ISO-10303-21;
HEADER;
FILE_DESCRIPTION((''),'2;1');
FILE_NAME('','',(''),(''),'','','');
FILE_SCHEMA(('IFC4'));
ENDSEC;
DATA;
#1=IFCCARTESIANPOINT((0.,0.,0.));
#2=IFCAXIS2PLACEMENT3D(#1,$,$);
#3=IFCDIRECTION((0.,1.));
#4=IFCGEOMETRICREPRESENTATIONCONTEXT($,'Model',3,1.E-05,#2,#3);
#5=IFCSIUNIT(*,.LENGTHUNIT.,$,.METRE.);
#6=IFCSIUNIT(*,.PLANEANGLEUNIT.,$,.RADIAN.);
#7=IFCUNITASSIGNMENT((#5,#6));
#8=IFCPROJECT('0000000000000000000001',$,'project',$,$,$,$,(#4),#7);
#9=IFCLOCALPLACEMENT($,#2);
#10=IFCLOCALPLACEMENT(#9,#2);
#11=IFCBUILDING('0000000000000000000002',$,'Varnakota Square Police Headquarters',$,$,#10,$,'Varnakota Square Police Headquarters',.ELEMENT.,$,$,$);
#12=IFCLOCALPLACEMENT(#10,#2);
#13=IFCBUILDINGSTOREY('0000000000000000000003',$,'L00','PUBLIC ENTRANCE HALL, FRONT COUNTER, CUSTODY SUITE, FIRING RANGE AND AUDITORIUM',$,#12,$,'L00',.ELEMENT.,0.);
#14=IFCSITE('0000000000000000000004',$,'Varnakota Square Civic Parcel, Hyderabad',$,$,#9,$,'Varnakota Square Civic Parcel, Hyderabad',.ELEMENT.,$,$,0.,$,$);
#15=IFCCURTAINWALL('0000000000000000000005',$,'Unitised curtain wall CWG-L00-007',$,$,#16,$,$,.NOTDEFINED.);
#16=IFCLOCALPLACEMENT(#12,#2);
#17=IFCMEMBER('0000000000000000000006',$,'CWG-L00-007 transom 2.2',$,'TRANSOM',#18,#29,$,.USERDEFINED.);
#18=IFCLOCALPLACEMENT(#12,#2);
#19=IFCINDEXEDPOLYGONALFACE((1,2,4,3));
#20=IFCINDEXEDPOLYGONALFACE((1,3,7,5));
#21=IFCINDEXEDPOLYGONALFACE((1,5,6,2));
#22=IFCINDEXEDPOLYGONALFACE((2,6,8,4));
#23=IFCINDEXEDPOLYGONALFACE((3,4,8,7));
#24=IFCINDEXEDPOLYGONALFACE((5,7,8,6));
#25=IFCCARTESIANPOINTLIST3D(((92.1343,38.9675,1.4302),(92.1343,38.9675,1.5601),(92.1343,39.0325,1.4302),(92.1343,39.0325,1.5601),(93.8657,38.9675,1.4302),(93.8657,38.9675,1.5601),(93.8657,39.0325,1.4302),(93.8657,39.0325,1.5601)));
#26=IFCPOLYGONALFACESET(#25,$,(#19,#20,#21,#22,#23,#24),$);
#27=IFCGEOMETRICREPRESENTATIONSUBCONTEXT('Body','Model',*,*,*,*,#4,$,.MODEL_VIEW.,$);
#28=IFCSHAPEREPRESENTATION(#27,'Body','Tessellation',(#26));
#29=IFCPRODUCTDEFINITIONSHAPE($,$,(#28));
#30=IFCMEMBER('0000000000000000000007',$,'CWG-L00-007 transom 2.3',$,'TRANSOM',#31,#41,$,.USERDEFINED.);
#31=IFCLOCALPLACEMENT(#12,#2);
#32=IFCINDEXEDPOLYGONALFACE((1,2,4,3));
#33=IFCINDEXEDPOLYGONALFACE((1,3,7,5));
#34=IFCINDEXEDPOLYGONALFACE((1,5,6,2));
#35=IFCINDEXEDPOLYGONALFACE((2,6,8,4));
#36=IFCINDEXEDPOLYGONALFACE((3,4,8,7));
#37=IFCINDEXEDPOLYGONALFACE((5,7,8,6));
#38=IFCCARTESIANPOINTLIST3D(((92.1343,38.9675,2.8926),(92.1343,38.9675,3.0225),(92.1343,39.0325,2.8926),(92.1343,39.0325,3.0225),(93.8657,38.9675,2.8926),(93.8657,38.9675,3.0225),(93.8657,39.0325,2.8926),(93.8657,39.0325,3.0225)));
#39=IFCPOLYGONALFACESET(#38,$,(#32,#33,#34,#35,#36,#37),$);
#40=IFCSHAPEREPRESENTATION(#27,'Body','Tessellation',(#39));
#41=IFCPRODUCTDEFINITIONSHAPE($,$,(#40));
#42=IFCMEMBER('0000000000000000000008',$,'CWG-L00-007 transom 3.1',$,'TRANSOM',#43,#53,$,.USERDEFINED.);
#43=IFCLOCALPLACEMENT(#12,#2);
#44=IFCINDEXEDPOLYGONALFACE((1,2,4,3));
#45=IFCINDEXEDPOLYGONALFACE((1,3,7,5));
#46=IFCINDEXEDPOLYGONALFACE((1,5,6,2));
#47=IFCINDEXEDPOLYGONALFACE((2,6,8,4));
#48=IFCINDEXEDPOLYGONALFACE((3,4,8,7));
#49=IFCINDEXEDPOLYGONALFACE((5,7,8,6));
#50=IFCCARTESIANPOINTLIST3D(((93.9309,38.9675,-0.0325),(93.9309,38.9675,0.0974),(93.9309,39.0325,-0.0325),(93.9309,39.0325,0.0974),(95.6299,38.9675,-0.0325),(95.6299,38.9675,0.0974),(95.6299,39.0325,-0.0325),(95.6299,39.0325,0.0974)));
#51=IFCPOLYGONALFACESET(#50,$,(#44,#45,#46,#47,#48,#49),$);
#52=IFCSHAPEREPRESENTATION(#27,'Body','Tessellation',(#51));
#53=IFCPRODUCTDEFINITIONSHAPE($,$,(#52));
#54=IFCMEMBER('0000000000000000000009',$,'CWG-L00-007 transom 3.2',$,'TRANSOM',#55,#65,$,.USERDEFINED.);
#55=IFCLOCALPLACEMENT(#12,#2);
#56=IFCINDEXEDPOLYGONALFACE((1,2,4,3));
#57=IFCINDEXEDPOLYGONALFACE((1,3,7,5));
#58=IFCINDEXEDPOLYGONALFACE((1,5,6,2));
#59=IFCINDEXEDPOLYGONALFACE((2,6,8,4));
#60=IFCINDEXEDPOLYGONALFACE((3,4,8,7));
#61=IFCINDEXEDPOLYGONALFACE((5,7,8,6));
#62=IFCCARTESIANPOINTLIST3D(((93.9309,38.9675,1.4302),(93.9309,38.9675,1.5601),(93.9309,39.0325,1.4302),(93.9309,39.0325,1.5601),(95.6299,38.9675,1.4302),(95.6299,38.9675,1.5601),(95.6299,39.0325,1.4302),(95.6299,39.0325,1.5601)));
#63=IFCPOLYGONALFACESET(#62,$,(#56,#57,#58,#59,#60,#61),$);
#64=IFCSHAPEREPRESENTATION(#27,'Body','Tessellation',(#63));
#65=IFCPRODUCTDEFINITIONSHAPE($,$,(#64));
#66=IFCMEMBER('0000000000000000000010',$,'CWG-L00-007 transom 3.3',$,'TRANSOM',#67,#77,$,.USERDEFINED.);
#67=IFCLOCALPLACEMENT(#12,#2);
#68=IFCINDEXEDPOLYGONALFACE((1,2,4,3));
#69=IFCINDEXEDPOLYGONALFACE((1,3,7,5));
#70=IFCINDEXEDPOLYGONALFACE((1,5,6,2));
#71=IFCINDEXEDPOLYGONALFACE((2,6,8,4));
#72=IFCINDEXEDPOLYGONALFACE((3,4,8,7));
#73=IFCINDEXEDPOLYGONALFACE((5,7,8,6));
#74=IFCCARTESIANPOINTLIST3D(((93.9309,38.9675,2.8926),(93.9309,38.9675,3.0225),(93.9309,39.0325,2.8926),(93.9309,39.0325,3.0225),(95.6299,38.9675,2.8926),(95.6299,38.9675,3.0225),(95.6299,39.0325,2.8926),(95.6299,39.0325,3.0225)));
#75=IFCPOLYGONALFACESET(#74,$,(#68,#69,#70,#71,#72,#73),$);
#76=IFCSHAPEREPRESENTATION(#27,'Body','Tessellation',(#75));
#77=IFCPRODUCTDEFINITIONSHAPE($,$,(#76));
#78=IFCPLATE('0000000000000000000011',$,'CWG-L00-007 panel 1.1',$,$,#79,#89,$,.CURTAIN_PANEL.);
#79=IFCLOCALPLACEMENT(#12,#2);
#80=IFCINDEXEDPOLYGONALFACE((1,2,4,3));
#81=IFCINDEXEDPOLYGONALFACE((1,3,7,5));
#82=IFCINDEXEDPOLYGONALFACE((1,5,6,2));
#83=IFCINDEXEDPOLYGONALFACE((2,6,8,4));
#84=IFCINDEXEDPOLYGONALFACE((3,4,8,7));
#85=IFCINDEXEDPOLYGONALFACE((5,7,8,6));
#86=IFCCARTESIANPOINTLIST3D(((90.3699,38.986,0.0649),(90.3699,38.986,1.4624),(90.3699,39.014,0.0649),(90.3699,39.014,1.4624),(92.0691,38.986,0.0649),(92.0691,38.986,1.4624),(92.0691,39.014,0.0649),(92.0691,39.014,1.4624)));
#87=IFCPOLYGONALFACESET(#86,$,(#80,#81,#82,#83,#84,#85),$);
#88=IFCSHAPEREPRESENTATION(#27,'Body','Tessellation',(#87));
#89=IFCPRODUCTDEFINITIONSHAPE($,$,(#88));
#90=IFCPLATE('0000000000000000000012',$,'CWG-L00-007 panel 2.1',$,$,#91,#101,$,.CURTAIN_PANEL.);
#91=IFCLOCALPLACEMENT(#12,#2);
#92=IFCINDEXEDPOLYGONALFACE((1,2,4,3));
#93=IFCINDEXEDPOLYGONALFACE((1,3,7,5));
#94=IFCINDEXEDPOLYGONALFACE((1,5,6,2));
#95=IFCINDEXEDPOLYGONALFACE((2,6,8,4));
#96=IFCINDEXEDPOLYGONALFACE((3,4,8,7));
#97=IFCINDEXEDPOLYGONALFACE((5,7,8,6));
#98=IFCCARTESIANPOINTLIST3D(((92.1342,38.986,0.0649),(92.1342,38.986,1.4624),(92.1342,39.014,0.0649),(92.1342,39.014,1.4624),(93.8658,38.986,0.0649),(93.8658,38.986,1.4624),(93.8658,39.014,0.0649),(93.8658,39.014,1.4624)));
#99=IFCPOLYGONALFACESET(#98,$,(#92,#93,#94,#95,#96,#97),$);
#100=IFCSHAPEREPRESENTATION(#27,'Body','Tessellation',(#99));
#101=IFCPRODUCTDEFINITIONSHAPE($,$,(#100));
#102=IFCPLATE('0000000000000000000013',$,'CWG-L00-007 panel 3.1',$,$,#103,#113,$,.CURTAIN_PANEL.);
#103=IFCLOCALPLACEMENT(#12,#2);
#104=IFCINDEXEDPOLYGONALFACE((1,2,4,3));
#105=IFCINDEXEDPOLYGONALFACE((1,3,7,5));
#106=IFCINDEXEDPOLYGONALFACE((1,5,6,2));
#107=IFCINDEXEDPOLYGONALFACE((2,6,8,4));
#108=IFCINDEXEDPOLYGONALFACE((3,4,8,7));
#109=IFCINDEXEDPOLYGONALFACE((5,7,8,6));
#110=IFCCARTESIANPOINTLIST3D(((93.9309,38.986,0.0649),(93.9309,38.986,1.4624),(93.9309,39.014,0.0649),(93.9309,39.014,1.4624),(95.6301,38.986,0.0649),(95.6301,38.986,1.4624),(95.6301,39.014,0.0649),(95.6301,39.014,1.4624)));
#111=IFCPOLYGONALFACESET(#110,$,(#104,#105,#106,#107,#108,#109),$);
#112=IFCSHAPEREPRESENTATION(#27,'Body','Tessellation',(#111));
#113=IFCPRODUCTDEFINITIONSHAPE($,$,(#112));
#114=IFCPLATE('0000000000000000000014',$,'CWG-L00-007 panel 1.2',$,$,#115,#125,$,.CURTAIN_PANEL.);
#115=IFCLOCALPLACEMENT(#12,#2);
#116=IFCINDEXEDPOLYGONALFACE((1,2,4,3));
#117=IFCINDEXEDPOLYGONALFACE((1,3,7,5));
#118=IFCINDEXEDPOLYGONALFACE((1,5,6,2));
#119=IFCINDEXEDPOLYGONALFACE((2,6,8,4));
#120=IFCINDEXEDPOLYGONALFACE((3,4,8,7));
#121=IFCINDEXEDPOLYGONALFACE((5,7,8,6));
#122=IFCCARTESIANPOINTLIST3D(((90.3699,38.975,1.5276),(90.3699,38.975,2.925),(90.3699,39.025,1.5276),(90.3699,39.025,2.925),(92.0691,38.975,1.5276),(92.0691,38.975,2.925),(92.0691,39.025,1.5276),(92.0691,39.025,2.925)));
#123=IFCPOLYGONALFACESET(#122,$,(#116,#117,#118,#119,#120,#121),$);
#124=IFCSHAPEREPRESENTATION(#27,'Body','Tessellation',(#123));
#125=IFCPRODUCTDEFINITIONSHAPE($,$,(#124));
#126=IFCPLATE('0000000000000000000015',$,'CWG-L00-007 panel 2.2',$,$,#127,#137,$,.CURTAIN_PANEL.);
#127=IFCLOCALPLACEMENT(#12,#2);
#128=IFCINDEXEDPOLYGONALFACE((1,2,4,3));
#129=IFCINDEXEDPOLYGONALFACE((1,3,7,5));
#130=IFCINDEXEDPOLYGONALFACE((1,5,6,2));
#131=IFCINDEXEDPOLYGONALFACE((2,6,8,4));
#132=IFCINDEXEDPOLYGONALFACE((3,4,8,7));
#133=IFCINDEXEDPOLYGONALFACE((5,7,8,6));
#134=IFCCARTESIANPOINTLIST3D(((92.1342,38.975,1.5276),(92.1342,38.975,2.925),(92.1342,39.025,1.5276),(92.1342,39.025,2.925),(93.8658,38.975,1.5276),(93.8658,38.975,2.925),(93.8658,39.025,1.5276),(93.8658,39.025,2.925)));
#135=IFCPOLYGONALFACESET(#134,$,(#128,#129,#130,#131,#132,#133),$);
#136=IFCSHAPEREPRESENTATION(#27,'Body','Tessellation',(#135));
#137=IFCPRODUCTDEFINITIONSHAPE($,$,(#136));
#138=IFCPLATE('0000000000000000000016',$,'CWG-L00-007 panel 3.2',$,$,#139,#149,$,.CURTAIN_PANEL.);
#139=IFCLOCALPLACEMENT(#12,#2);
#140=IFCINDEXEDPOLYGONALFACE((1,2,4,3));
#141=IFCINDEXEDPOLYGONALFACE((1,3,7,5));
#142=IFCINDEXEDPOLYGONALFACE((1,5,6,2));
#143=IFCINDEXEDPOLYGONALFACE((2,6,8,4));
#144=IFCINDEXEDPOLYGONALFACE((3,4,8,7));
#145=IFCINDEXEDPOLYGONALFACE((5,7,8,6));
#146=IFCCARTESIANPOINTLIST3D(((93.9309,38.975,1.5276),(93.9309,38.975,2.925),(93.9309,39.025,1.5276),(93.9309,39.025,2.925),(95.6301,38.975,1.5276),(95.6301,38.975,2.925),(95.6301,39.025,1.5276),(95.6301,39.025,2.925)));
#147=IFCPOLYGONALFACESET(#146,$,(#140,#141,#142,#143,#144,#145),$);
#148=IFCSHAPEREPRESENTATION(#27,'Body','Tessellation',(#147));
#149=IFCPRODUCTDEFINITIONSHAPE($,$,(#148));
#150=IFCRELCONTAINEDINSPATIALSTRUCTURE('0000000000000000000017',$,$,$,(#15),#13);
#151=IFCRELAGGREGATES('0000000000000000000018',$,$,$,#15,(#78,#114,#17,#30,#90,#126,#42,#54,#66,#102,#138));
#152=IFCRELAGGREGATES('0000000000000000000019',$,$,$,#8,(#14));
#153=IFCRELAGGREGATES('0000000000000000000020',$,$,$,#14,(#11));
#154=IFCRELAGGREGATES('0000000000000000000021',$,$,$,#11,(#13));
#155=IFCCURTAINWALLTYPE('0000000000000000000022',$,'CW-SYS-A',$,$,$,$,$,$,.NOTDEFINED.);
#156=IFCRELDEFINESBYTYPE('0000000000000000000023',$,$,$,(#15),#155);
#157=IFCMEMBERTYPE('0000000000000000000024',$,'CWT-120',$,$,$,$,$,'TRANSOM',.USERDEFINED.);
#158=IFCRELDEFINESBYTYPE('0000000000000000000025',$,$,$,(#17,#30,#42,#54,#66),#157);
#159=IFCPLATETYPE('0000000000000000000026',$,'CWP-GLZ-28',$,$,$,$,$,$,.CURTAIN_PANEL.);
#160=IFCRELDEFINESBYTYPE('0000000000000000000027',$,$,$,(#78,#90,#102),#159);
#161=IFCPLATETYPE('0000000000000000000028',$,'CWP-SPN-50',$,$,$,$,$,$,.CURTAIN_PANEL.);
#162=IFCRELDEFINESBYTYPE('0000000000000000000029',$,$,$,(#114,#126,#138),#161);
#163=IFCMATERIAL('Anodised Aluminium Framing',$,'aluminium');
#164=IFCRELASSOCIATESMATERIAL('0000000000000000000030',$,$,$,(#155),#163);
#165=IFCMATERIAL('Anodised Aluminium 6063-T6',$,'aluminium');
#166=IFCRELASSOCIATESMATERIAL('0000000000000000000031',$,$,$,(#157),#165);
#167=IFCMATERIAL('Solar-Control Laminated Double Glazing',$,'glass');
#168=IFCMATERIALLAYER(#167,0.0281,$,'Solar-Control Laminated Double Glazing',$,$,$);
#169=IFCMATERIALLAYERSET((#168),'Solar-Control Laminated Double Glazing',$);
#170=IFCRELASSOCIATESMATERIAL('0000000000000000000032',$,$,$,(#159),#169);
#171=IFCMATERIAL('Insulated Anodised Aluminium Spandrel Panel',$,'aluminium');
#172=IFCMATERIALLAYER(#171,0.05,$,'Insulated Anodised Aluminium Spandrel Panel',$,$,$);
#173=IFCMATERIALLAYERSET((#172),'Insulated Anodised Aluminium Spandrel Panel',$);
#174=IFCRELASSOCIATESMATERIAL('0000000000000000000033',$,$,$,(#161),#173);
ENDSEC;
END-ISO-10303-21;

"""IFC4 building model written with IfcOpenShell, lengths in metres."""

from ifc_helpers import new_model, si_unit, direction, frame, origin, origin_2d, place, context, subcontext, project, spatial, rectangle, extrude, material, layer, layer_set, material_profile, profile_set, type_object, element, aggregate, save


model = new_model("IFC4")

# Units and contexts
model_context = context("Model", 3, precision=1e-05, world=origin(), true_north=direction((0.0, 1.0)))
body_context = subcontext(model_context, "Body", "Model", "MODEL_VIEW")
ifc_project = project(units=[si_unit("LENGTHUNIT", "METRE"), si_unit("PLANEANGLEUNIT", "RADIAN")], contexts=[model_context])

# Site, building, storey
site_placement = place(None, origin())
site = spatial("IfcSite", under=ifc_project, at=site_placement, Name="Varnakota Square Civic Parcel, Hyderabad", LongName="Varnakota Square Civic Parcel, Hyderabad", CompositionType="ELEMENT", RefElevation=0.0)
building_placement = place(site_placement, origin())
building = spatial("IfcBuilding", under=site, at=building_placement, Name="Varnakota Square Police Headquarters", LongName="Varnakota Square Police Headquarters", CompositionType="ELEMENT")
storey_placement = place(building_placement, origin())
storey = spatial("IfcBuildingStorey", under=building, at=storey_placement, Name="L00", Description="PUBLIC ENTRANCE HALL, FRONT COUNTER, CUSTODY SUITE, FIRING RANGE AND AUDITORIUM", LongName="L00", CompositionType="ELEMENT", Elevation=0.0)

# Curtain wall, members, plates
ifc_material_1 = material(Name="Anodised Aluminium Framing", Category="aluminium")
curtain_wall_type = type_object("IfcCurtainWallType", Name="CW-SYS-A", PredefinedType="NOTDEFINED", material=ifc_material_1)
curtain_wall_placement = place(storey_placement, origin())
curtain_wall = element("IfcCurtainWall", 1, at=curtain_wall_placement, inside=storey, type_object=curtain_wall_type, Name="Unitised curtain wall CWG-L00-007", PredefinedType="NOTDEFINED")
ifc_material_2 = material(Name="Anodised Aluminium 6063-T6", Category="aluminium")
ifc_material_profile_1 = material_profile(ifc_material_2, rectangle(XDim=0.0649, YDim=0.1299, at=origin_2d()), Name="ALU TRANSOM 65x130")
ifc_profile_set_1 = profile_set([ifc_material_profile_1], Name="Anodised Aluminium 6063-T6")
member_type_1 = type_object("IfcMemberType", Name="CWT-120", ElementType="TRANSOM", PredefinedType="USERDEFINED", material=ifc_profile_set_1)
member_1_placement = place(storey_placement, frame((92.1343, 39.0, 1.4951), z_axis=(1.0, 0.0, 0.0), x_axis=(0.0, 1.0, 0.0)))
member_1 = element("IfcMember", 2, at=member_1_placement, type_object=member_type_1, Name="CWG-L00-007 transom 2.2", ObjectType="TRANSOM", PredefinedType="USERDEFINED", context=body_context, shape_type="SweptSolid", body=[
    extrude(rectangle(XDim=0.0649, YDim=0.1299, at=origin_2d()), origin(), (0.0, 0.0, 1.0), 1.7314),
])
member_2_placement = place(storey_placement, frame((92.1343, 39.0, 2.9575), z_axis=(1.0, 0.0, 0.0), x_axis=(0.0, 1.0, 0.0)))
member_2 = element("IfcMember", 3, at=member_2_placement, type_object=member_type_1, Name="CWG-L00-007 transom 2.3", ObjectType="TRANSOM", PredefinedType="USERDEFINED", context=body_context, shape_type="SweptSolid", body=[
    extrude(rectangle(XDim=0.0649, YDim=0.1299, at=origin_2d()), origin(), (0.0, 0.0, 1.0), 1.7314),
])
member_3_placement = place(storey_placement, frame((93.9309, 39.0, 0.0325), z_axis=(1.0, 0.0, 0.0), x_axis=(0.0, 1.0, 0.0)))
member_3 = element("IfcMember", 4, at=member_3_placement, type_object=member_type_1, Name="CWG-L00-007 transom 3.1", ObjectType="TRANSOM", PredefinedType="USERDEFINED", context=body_context, shape_type="SweptSolid", body=[
    extrude(rectangle(XDim=0.0649, YDim=0.1299, at=origin_2d()), origin(), (0.0, 0.0, 1.0), 1.699),
])
member_4_placement = place(storey_placement, frame((93.9309, 39.0, 1.4951), z_axis=(1.0, 0.0, 0.0), x_axis=(0.0, 1.0, 0.0)))
member_4 = element("IfcMember", 5, at=member_4_placement, type_object=member_type_1, Name="CWG-L00-007 transom 3.2", ObjectType="TRANSOM", PredefinedType="USERDEFINED", context=body_context, shape_type="SweptSolid", body=[
    extrude(rectangle(XDim=0.0649, YDim=0.1299, at=origin_2d()), origin(), (0.0, 0.0, 1.0), 1.699),
])
member_5_placement = place(storey_placement, frame((93.9309, 39.0, 2.9575), z_axis=(1.0, 0.0, 0.0), x_axis=(0.0, 1.0, 0.0)))
member_5 = element("IfcMember", 6, at=member_5_placement, type_object=member_type_1, Name="CWG-L00-007 transom 3.3", ObjectType="TRANSOM", PredefinedType="USERDEFINED", context=body_context, shape_type="SweptSolid", body=[
    extrude(rectangle(XDim=0.0649, YDim=0.1299, at=origin_2d()), origin(), (0.0, 0.0, 1.0), 1.699),
])
ifc_material_3 = material(Name="Solar-Control Laminated Double Glazing", Category="glass")
ifc_layer_1 = layer(ifc_material_3, 0.0281, Name="Solar-Control Laminated Double Glazing")
ifc_layer_set_1 = layer_set([ifc_layer_1], Name="Solar-Control Laminated Double Glazing")
plate_type_1 = type_object("IfcPlateType", Name="CWP-GLZ-28", PredefinedType="CURTAIN_PANEL", material=ifc_layer_set_1)
plate_1_placement = place(storey_placement, frame((91.2195, 39.0, 0.0649), z_axis=(0.0, 0.0, 1.0), x_axis=(1.0, 0.0, 0.0)))
plate_1 = element("IfcPlate", 7, at=plate_1_placement, type_object=plate_type_1, Name="CWG-L00-007 panel 1.1", PredefinedType="CURTAIN_PANEL", context=body_context, shape_type="SweptSolid", body=[
    extrude(rectangle(XDim=1.6992, YDim=0.0281, at=origin_2d()), origin(), (0.0, 0.0, 1.0), 1.3975),
])
plate_2_placement = place(storey_placement, frame((93.0, 39.0, 0.0649), z_axis=(0.0, 0.0, 1.0), x_axis=(1.0, 0.0, 0.0)))
plate_2 = element("IfcPlate", 8, at=plate_2_placement, type_object=plate_type_1, Name="CWG-L00-007 panel 2.1", PredefinedType="CURTAIN_PANEL", context=body_context, shape_type="SweptSolid", body=[
    extrude(rectangle(XDim=1.7317, YDim=0.0281, at=origin_2d()), origin(), (0.0, 0.0, 1.0), 1.3975),
])
plate_3_placement = place(storey_placement, frame((94.7805, 39.0, 0.0649), z_axis=(0.0, 0.0, 1.0), x_axis=(1.0, 0.0, 0.0)))
plate_3 = element("IfcPlate", 9, at=plate_3_placement, type_object=plate_type_1, Name="CWG-L00-007 panel 3.1", PredefinedType="CURTAIN_PANEL", context=body_context, shape_type="SweptSolid", body=[
    extrude(rectangle(XDim=1.6992, YDim=0.0281, at=origin_2d()), origin(), (0.0, 0.0, 1.0), 1.3975),
])
ifc_material_4 = material(Name="Insulated Anodised Aluminium Spandrel Panel", Category="aluminium")
ifc_layer_2 = layer(ifc_material_4, 0.05, Name="Insulated Anodised Aluminium Spandrel Panel")
ifc_layer_set_2 = layer_set([ifc_layer_2], Name="Insulated Anodised Aluminium Spandrel Panel")
plate_type_2 = type_object("IfcPlateType", Name="CWP-SPN-50", PredefinedType="CURTAIN_PANEL", material=ifc_layer_set_2)
plate_4_placement = place(storey_placement, frame((91.2195, 39.0, 1.5276), z_axis=(0.0, 0.0, 1.0), x_axis=(1.0, 0.0, 0.0)))
plate_4 = element("IfcPlate", 10, at=plate_4_placement, type_object=plate_type_2, Name="CWG-L00-007 panel 1.2", PredefinedType="CURTAIN_PANEL", context=body_context, shape_type="SweptSolid", body=[
    extrude(rectangle(XDim=1.6992, YDim=0.05, at=origin_2d()), origin(), (0.0, 0.0, 1.0), 1.3975),
])
plate_5_placement = place(storey_placement, frame((93.0, 39.0, 1.5276), z_axis=(0.0, 0.0, 1.0), x_axis=(1.0, 0.0, 0.0)))
plate_5 = element("IfcPlate", 11, at=plate_5_placement, type_object=plate_type_2, Name="CWG-L00-007 panel 2.2", PredefinedType="CURTAIN_PANEL", context=body_context, shape_type="SweptSolid", body=[
    extrude(rectangle(XDim=1.7317, YDim=0.05, at=origin_2d()), origin(), (0.0, 0.0, 1.0), 1.3975),
])
plate_6_placement = place(storey_placement, frame((94.7805, 39.0, 1.5276), z_axis=(0.0, 0.0, 1.0), x_axis=(1.0, 0.0, 0.0)))
plate_6 = element("IfcPlate", 12, at=plate_6_placement, type_object=plate_type_2, Name="CWG-L00-007 panel 3.2", PredefinedType="CURTAIN_PANEL", context=body_context, shape_type="SweptSolid", body=[
    extrude(rectangle(XDim=1.6992, YDim=0.05, at=origin_2d()), origin(), (0.0, 0.0, 1.0), 1.3975),
])
aggregate(curtain_wall, [plate_1, plate_4, member_1, member_2, plate_2, plate_5, member_3, member_4, member_5, plate_3, plate_6])

save(model, "model.ifc")
